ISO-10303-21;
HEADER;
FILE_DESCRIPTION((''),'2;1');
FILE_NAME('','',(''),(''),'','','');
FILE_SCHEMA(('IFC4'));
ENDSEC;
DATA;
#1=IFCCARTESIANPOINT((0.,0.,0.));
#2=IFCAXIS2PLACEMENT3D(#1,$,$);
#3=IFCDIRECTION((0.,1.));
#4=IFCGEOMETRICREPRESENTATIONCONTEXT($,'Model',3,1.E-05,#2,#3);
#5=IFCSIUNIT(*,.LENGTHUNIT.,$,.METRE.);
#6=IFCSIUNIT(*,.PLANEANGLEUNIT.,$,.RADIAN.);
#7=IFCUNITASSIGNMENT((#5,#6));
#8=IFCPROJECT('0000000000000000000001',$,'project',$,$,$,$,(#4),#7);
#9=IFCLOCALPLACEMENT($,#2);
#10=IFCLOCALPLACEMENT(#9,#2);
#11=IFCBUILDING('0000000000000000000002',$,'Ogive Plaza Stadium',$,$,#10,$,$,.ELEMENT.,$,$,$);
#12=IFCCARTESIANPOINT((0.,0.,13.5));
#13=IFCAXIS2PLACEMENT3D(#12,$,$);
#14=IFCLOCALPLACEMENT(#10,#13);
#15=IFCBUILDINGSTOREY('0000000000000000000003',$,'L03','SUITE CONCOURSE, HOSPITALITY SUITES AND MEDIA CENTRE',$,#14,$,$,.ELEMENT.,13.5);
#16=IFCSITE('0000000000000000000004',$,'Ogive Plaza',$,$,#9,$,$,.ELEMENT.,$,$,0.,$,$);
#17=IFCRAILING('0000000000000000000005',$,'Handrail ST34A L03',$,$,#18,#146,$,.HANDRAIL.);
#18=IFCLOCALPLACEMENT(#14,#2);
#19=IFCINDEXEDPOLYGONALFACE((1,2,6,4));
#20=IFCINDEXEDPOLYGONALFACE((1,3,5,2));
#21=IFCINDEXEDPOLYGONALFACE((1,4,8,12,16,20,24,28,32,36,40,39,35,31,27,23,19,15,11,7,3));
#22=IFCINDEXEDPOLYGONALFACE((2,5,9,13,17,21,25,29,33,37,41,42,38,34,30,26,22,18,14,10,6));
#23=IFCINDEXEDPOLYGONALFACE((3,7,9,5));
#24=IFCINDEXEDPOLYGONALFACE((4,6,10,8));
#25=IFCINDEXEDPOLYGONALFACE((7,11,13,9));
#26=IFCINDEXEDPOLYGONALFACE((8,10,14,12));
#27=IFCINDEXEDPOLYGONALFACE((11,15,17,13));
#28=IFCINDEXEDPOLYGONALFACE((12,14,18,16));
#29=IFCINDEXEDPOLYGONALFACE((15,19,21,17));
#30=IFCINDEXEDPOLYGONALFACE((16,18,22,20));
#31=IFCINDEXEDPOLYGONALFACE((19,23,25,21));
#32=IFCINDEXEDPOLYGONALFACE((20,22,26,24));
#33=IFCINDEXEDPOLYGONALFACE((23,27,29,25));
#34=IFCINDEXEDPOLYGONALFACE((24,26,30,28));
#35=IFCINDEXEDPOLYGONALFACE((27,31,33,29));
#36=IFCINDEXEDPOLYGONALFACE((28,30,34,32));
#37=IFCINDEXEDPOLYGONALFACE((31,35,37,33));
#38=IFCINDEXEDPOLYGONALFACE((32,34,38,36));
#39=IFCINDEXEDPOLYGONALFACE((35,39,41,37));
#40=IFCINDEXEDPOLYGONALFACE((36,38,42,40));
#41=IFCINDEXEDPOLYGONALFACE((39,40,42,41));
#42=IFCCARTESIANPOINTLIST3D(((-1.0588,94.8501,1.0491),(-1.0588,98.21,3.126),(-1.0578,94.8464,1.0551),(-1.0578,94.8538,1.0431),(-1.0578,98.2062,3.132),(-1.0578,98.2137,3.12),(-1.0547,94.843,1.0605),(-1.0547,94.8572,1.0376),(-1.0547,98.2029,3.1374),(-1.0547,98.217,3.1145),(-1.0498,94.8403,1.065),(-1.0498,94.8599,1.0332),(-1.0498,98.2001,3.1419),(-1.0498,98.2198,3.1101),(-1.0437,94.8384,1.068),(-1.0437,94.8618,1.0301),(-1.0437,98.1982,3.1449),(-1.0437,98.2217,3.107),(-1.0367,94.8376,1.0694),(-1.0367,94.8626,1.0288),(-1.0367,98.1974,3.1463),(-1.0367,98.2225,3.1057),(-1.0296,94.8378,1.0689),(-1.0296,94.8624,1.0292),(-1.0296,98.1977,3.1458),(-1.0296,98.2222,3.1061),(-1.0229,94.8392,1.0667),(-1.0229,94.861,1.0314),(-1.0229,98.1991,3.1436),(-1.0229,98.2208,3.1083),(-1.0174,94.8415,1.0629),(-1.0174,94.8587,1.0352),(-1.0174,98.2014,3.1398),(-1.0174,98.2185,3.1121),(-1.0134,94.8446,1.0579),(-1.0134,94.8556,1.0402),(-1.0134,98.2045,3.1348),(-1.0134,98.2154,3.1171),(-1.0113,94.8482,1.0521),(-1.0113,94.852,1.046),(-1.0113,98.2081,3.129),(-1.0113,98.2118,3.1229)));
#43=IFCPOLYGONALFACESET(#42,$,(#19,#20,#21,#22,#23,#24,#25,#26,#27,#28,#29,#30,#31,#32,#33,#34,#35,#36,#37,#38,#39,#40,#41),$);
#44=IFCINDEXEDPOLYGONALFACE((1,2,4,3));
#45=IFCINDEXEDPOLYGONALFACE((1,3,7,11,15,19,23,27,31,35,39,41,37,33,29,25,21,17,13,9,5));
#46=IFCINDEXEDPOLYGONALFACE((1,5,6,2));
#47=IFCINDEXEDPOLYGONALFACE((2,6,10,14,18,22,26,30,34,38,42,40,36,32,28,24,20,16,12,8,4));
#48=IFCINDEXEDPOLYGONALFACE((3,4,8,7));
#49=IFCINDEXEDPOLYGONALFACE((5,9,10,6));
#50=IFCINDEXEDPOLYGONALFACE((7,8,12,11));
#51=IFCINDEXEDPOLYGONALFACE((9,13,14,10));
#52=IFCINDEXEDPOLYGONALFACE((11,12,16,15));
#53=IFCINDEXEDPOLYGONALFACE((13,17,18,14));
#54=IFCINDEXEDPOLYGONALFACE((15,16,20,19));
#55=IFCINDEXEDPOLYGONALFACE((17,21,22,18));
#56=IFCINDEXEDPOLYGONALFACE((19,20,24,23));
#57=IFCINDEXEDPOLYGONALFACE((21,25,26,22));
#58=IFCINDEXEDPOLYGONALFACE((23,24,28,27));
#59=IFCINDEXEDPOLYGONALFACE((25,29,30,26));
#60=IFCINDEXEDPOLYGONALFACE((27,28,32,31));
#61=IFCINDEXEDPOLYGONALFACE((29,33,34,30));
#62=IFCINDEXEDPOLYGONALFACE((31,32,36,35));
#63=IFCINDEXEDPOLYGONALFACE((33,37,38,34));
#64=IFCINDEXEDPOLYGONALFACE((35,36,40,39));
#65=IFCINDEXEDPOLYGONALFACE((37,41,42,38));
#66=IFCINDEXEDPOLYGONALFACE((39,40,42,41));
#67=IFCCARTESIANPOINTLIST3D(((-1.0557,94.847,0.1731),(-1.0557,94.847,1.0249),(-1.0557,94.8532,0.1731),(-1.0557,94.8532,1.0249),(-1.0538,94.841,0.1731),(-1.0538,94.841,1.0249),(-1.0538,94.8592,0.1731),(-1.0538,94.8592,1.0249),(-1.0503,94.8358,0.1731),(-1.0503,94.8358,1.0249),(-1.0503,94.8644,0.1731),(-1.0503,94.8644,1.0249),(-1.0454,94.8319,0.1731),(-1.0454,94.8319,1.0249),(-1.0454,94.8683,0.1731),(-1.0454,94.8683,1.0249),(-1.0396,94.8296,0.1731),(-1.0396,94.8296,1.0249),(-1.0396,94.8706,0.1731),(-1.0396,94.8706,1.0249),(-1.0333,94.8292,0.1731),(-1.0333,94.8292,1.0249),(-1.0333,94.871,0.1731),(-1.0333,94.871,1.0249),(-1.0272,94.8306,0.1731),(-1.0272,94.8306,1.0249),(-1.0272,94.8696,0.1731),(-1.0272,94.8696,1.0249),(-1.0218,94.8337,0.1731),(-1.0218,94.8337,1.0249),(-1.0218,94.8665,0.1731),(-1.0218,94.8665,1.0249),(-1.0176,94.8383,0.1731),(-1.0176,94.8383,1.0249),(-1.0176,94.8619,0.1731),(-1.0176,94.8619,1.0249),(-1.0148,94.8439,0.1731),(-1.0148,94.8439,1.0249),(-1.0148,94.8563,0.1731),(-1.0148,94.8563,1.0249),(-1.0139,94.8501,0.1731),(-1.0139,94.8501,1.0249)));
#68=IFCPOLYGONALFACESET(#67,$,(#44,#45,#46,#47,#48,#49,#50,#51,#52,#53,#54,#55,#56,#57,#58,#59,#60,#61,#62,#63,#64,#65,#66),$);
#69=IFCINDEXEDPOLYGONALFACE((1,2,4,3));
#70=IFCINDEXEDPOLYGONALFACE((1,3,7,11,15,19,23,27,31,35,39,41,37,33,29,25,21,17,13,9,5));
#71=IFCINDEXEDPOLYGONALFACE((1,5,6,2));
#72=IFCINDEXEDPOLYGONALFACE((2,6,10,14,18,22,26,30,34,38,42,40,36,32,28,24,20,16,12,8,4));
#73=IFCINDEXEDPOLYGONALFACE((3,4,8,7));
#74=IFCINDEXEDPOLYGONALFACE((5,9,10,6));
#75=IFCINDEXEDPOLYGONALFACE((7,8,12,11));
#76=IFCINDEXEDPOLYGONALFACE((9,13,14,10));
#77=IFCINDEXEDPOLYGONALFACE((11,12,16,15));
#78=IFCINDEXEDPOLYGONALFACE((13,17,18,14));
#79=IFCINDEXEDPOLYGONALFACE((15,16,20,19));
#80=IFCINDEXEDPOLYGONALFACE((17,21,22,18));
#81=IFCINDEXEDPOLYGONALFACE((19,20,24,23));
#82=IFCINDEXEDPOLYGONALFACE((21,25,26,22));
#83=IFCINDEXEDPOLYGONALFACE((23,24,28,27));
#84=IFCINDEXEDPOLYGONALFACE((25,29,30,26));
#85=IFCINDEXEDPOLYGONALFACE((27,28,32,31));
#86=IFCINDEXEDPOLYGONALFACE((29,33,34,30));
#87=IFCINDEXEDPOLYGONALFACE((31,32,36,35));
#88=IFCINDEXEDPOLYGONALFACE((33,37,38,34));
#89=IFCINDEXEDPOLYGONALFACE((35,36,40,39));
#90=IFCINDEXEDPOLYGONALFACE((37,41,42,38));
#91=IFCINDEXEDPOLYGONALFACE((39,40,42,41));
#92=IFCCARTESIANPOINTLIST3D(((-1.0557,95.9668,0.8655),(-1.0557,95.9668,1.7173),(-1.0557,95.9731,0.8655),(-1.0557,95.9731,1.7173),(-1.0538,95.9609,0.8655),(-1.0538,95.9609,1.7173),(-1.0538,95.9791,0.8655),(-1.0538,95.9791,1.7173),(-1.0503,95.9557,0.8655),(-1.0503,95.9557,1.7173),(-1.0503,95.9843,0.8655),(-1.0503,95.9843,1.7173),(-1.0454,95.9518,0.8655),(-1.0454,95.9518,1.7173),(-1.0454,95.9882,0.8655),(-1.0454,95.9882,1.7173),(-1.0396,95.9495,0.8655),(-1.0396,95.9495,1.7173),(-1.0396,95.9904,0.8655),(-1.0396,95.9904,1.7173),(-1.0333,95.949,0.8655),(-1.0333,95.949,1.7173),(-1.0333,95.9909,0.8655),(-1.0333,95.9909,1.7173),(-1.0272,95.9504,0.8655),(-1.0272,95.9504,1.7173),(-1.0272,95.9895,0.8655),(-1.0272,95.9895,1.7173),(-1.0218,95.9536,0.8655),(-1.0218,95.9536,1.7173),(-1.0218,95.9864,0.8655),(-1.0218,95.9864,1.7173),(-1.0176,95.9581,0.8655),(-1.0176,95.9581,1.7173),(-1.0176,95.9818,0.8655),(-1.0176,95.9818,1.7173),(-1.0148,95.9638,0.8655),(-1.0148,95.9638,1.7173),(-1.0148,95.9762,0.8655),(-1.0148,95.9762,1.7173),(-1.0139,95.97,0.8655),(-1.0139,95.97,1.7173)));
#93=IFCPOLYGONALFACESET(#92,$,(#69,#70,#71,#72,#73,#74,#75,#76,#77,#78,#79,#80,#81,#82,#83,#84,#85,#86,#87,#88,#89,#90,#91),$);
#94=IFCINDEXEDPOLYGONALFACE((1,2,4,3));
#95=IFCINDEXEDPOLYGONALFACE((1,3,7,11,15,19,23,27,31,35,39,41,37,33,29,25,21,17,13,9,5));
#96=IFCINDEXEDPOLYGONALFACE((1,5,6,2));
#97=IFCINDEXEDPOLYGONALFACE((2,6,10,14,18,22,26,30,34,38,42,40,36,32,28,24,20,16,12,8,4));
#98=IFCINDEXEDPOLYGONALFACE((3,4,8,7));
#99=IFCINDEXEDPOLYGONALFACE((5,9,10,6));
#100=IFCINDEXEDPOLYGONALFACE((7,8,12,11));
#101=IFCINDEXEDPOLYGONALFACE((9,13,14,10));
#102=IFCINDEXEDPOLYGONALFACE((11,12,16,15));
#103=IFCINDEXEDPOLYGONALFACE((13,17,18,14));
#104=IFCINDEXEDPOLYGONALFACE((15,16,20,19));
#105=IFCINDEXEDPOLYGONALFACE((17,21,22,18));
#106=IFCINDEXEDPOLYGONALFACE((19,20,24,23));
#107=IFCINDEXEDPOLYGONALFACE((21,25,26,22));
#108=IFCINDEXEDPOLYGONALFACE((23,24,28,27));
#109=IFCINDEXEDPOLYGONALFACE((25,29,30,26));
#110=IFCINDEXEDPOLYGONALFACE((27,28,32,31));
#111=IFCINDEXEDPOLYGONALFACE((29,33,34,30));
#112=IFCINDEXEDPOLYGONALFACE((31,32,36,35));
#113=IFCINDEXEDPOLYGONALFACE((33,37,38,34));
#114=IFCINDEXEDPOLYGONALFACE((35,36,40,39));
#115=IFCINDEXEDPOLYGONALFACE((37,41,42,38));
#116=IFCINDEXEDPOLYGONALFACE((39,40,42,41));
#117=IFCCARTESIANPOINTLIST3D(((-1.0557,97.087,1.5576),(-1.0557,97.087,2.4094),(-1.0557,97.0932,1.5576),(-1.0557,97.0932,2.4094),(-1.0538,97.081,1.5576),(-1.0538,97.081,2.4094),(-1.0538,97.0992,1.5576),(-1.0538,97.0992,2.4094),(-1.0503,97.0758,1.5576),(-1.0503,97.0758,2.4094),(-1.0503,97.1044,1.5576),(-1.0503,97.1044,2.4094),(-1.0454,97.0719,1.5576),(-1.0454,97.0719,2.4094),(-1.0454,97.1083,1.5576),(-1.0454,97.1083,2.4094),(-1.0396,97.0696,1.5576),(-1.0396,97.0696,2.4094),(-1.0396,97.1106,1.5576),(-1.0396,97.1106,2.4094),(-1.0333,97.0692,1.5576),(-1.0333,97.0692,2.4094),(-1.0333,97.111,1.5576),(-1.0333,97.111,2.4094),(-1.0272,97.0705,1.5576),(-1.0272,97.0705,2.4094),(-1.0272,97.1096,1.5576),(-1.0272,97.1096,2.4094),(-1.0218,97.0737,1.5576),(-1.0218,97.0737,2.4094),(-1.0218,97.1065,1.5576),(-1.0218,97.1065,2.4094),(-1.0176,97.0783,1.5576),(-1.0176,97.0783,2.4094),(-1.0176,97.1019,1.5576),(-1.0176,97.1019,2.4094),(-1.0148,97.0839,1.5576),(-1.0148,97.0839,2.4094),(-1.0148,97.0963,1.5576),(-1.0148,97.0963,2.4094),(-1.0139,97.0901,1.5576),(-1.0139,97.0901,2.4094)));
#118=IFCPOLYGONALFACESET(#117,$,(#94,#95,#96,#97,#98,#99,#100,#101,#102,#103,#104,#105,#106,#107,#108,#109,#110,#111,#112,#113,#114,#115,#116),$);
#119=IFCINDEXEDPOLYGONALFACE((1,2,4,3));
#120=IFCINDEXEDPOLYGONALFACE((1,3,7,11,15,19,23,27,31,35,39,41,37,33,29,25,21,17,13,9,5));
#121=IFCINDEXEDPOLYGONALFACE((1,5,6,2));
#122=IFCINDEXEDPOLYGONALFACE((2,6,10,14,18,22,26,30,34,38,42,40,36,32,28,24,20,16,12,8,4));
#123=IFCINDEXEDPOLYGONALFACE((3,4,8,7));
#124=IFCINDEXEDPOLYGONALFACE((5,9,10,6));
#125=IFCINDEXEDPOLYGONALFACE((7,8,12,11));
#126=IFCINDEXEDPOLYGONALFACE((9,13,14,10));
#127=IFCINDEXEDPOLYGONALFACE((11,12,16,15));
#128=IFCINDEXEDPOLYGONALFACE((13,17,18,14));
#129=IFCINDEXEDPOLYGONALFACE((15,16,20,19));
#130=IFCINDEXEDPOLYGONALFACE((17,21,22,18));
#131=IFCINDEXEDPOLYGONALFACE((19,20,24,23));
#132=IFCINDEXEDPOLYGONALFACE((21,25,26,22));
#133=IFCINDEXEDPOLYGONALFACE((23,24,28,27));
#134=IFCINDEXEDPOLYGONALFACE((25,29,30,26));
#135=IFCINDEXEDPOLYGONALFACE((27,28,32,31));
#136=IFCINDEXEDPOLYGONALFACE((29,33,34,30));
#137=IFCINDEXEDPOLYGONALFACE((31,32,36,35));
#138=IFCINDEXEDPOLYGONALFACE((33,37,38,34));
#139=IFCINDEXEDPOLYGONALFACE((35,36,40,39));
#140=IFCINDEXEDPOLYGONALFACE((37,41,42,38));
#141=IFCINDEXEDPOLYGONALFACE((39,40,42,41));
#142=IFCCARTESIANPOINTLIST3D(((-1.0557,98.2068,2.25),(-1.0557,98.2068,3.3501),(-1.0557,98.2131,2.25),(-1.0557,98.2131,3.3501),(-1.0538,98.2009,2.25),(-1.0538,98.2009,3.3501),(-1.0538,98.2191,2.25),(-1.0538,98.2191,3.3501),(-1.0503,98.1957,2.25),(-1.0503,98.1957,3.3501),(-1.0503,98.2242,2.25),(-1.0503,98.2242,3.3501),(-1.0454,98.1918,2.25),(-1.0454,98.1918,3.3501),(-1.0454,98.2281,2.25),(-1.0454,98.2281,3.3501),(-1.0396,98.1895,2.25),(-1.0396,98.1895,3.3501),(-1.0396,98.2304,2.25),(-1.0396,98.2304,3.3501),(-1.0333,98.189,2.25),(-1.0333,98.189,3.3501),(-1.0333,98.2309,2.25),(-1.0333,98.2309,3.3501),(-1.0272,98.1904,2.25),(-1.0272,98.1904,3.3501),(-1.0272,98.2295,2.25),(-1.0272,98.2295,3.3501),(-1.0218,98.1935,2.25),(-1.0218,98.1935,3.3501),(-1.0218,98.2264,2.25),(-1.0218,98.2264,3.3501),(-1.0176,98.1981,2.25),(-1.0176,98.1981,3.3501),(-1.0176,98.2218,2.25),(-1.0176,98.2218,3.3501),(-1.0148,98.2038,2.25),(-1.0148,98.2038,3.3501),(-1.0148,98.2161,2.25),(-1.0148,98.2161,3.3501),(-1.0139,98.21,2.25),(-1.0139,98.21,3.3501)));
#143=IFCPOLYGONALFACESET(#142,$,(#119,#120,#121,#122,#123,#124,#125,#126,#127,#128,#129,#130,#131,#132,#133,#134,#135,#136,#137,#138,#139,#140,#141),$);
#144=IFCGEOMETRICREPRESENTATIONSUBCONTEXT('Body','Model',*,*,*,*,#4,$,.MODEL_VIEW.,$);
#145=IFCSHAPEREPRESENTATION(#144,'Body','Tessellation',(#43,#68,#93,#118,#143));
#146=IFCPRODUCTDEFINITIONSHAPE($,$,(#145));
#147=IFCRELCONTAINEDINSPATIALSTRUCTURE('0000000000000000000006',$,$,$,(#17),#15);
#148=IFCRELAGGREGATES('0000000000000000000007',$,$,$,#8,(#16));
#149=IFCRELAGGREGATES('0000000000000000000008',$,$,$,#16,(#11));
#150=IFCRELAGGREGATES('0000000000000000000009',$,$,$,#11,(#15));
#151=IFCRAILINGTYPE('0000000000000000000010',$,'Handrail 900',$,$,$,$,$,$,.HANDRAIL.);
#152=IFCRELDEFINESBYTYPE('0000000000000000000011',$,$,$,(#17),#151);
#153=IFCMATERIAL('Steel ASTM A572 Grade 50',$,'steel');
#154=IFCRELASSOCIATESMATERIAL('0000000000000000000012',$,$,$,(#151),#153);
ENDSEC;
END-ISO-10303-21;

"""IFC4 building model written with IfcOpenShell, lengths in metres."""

from ifc_helpers import new_model, si_unit, direction, frame, origin, origin_2d, place, context, subcontext, project, spatial, circle, extrude, material, type_object, element, save


model = new_model("IFC4")

# Units and contexts
model_context = context("Model", 3, precision=1e-05, world=origin(), true_north=direction((0.0, 1.0)))
body_context = subcontext(model_context, "Body", "Model", "MODEL_VIEW")
ifc_project = project(units=[si_unit("LENGTHUNIT", "METRE"), si_unit("PLANEANGLEUNIT", "RADIAN")], contexts=[model_context])

# Site, building, storey
site_placement = place(None, origin())
site = spatial("IfcSite", under=ifc_project, at=site_placement, Name="Ogive Plaza", CompositionType="ELEMENT", RefElevation=0.0)
building_placement = place(site_placement, origin())
building = spatial("IfcBuilding", under=site, at=building_placement, Name="Ogive Plaza Stadium", CompositionType="ELEMENT")
storey_placement = place(building_placement, frame((0.0, 0.0, 13.5)))
storey = spatial("IfcBuildingStorey", under=building, at=storey_placement, Name="L03", Description="SUITE CONCOURSE, HOSPITALITY SUITES AND MEDIA CENTRE", CompositionType="ELEMENT", Elevation=13.5)

# Railing
ifc_material_1 = material(Name="Steel ASTM A572 Grade 50", Category="steel")
railing_type_1 = type_object("IfcRailingType", Name="Handrail 900", PredefinedType="HANDRAIL", material=ifc_material_1)
for number, where, name in (
    (1, (-1.0349, 94.8501, 0.1731), "Handrail ST34A L03"),
):
    element("IfcRailing", number, at=place(storey_placement, frame(where)), inside=storey, type_object=railing_type_1, Name=name, PredefinedType="HANDRAIL", context=body_context, shape_type="SweptSolid", body=[
        extrude(circle(Radius=0.0239, at=origin_2d()), frame((0.0, 0.0, 0.876), z_axis=(0.0, 0.850606, 0.525803), x_axis=(-1.0, 0.0, 0.0)), (0.0, 0.0, 1.0), 3.95),
        extrude(circle(Radius=0.021, at=origin_2d()), origin(), (0.0, 0.0, 1.0), 0.8518),
        extrude(circle(Radius=0.021, at=origin_2d()), frame((0.0, 1.1199, 0.6924)), (0.0, 0.0, 1.0), 0.8518),
        extrude(circle(Radius=0.021, at=origin_2d()), frame((0.0, 2.24, 1.3845)), (0.0, 0.0, 1.0), 0.8518),
        extrude(circle(Radius=0.021, at=origin_2d()), frame((0.0, 3.3599, 2.0769)), (0.0, 0.0, 1.0), 1.1001),
    ])

save(model, "model.ifc")
